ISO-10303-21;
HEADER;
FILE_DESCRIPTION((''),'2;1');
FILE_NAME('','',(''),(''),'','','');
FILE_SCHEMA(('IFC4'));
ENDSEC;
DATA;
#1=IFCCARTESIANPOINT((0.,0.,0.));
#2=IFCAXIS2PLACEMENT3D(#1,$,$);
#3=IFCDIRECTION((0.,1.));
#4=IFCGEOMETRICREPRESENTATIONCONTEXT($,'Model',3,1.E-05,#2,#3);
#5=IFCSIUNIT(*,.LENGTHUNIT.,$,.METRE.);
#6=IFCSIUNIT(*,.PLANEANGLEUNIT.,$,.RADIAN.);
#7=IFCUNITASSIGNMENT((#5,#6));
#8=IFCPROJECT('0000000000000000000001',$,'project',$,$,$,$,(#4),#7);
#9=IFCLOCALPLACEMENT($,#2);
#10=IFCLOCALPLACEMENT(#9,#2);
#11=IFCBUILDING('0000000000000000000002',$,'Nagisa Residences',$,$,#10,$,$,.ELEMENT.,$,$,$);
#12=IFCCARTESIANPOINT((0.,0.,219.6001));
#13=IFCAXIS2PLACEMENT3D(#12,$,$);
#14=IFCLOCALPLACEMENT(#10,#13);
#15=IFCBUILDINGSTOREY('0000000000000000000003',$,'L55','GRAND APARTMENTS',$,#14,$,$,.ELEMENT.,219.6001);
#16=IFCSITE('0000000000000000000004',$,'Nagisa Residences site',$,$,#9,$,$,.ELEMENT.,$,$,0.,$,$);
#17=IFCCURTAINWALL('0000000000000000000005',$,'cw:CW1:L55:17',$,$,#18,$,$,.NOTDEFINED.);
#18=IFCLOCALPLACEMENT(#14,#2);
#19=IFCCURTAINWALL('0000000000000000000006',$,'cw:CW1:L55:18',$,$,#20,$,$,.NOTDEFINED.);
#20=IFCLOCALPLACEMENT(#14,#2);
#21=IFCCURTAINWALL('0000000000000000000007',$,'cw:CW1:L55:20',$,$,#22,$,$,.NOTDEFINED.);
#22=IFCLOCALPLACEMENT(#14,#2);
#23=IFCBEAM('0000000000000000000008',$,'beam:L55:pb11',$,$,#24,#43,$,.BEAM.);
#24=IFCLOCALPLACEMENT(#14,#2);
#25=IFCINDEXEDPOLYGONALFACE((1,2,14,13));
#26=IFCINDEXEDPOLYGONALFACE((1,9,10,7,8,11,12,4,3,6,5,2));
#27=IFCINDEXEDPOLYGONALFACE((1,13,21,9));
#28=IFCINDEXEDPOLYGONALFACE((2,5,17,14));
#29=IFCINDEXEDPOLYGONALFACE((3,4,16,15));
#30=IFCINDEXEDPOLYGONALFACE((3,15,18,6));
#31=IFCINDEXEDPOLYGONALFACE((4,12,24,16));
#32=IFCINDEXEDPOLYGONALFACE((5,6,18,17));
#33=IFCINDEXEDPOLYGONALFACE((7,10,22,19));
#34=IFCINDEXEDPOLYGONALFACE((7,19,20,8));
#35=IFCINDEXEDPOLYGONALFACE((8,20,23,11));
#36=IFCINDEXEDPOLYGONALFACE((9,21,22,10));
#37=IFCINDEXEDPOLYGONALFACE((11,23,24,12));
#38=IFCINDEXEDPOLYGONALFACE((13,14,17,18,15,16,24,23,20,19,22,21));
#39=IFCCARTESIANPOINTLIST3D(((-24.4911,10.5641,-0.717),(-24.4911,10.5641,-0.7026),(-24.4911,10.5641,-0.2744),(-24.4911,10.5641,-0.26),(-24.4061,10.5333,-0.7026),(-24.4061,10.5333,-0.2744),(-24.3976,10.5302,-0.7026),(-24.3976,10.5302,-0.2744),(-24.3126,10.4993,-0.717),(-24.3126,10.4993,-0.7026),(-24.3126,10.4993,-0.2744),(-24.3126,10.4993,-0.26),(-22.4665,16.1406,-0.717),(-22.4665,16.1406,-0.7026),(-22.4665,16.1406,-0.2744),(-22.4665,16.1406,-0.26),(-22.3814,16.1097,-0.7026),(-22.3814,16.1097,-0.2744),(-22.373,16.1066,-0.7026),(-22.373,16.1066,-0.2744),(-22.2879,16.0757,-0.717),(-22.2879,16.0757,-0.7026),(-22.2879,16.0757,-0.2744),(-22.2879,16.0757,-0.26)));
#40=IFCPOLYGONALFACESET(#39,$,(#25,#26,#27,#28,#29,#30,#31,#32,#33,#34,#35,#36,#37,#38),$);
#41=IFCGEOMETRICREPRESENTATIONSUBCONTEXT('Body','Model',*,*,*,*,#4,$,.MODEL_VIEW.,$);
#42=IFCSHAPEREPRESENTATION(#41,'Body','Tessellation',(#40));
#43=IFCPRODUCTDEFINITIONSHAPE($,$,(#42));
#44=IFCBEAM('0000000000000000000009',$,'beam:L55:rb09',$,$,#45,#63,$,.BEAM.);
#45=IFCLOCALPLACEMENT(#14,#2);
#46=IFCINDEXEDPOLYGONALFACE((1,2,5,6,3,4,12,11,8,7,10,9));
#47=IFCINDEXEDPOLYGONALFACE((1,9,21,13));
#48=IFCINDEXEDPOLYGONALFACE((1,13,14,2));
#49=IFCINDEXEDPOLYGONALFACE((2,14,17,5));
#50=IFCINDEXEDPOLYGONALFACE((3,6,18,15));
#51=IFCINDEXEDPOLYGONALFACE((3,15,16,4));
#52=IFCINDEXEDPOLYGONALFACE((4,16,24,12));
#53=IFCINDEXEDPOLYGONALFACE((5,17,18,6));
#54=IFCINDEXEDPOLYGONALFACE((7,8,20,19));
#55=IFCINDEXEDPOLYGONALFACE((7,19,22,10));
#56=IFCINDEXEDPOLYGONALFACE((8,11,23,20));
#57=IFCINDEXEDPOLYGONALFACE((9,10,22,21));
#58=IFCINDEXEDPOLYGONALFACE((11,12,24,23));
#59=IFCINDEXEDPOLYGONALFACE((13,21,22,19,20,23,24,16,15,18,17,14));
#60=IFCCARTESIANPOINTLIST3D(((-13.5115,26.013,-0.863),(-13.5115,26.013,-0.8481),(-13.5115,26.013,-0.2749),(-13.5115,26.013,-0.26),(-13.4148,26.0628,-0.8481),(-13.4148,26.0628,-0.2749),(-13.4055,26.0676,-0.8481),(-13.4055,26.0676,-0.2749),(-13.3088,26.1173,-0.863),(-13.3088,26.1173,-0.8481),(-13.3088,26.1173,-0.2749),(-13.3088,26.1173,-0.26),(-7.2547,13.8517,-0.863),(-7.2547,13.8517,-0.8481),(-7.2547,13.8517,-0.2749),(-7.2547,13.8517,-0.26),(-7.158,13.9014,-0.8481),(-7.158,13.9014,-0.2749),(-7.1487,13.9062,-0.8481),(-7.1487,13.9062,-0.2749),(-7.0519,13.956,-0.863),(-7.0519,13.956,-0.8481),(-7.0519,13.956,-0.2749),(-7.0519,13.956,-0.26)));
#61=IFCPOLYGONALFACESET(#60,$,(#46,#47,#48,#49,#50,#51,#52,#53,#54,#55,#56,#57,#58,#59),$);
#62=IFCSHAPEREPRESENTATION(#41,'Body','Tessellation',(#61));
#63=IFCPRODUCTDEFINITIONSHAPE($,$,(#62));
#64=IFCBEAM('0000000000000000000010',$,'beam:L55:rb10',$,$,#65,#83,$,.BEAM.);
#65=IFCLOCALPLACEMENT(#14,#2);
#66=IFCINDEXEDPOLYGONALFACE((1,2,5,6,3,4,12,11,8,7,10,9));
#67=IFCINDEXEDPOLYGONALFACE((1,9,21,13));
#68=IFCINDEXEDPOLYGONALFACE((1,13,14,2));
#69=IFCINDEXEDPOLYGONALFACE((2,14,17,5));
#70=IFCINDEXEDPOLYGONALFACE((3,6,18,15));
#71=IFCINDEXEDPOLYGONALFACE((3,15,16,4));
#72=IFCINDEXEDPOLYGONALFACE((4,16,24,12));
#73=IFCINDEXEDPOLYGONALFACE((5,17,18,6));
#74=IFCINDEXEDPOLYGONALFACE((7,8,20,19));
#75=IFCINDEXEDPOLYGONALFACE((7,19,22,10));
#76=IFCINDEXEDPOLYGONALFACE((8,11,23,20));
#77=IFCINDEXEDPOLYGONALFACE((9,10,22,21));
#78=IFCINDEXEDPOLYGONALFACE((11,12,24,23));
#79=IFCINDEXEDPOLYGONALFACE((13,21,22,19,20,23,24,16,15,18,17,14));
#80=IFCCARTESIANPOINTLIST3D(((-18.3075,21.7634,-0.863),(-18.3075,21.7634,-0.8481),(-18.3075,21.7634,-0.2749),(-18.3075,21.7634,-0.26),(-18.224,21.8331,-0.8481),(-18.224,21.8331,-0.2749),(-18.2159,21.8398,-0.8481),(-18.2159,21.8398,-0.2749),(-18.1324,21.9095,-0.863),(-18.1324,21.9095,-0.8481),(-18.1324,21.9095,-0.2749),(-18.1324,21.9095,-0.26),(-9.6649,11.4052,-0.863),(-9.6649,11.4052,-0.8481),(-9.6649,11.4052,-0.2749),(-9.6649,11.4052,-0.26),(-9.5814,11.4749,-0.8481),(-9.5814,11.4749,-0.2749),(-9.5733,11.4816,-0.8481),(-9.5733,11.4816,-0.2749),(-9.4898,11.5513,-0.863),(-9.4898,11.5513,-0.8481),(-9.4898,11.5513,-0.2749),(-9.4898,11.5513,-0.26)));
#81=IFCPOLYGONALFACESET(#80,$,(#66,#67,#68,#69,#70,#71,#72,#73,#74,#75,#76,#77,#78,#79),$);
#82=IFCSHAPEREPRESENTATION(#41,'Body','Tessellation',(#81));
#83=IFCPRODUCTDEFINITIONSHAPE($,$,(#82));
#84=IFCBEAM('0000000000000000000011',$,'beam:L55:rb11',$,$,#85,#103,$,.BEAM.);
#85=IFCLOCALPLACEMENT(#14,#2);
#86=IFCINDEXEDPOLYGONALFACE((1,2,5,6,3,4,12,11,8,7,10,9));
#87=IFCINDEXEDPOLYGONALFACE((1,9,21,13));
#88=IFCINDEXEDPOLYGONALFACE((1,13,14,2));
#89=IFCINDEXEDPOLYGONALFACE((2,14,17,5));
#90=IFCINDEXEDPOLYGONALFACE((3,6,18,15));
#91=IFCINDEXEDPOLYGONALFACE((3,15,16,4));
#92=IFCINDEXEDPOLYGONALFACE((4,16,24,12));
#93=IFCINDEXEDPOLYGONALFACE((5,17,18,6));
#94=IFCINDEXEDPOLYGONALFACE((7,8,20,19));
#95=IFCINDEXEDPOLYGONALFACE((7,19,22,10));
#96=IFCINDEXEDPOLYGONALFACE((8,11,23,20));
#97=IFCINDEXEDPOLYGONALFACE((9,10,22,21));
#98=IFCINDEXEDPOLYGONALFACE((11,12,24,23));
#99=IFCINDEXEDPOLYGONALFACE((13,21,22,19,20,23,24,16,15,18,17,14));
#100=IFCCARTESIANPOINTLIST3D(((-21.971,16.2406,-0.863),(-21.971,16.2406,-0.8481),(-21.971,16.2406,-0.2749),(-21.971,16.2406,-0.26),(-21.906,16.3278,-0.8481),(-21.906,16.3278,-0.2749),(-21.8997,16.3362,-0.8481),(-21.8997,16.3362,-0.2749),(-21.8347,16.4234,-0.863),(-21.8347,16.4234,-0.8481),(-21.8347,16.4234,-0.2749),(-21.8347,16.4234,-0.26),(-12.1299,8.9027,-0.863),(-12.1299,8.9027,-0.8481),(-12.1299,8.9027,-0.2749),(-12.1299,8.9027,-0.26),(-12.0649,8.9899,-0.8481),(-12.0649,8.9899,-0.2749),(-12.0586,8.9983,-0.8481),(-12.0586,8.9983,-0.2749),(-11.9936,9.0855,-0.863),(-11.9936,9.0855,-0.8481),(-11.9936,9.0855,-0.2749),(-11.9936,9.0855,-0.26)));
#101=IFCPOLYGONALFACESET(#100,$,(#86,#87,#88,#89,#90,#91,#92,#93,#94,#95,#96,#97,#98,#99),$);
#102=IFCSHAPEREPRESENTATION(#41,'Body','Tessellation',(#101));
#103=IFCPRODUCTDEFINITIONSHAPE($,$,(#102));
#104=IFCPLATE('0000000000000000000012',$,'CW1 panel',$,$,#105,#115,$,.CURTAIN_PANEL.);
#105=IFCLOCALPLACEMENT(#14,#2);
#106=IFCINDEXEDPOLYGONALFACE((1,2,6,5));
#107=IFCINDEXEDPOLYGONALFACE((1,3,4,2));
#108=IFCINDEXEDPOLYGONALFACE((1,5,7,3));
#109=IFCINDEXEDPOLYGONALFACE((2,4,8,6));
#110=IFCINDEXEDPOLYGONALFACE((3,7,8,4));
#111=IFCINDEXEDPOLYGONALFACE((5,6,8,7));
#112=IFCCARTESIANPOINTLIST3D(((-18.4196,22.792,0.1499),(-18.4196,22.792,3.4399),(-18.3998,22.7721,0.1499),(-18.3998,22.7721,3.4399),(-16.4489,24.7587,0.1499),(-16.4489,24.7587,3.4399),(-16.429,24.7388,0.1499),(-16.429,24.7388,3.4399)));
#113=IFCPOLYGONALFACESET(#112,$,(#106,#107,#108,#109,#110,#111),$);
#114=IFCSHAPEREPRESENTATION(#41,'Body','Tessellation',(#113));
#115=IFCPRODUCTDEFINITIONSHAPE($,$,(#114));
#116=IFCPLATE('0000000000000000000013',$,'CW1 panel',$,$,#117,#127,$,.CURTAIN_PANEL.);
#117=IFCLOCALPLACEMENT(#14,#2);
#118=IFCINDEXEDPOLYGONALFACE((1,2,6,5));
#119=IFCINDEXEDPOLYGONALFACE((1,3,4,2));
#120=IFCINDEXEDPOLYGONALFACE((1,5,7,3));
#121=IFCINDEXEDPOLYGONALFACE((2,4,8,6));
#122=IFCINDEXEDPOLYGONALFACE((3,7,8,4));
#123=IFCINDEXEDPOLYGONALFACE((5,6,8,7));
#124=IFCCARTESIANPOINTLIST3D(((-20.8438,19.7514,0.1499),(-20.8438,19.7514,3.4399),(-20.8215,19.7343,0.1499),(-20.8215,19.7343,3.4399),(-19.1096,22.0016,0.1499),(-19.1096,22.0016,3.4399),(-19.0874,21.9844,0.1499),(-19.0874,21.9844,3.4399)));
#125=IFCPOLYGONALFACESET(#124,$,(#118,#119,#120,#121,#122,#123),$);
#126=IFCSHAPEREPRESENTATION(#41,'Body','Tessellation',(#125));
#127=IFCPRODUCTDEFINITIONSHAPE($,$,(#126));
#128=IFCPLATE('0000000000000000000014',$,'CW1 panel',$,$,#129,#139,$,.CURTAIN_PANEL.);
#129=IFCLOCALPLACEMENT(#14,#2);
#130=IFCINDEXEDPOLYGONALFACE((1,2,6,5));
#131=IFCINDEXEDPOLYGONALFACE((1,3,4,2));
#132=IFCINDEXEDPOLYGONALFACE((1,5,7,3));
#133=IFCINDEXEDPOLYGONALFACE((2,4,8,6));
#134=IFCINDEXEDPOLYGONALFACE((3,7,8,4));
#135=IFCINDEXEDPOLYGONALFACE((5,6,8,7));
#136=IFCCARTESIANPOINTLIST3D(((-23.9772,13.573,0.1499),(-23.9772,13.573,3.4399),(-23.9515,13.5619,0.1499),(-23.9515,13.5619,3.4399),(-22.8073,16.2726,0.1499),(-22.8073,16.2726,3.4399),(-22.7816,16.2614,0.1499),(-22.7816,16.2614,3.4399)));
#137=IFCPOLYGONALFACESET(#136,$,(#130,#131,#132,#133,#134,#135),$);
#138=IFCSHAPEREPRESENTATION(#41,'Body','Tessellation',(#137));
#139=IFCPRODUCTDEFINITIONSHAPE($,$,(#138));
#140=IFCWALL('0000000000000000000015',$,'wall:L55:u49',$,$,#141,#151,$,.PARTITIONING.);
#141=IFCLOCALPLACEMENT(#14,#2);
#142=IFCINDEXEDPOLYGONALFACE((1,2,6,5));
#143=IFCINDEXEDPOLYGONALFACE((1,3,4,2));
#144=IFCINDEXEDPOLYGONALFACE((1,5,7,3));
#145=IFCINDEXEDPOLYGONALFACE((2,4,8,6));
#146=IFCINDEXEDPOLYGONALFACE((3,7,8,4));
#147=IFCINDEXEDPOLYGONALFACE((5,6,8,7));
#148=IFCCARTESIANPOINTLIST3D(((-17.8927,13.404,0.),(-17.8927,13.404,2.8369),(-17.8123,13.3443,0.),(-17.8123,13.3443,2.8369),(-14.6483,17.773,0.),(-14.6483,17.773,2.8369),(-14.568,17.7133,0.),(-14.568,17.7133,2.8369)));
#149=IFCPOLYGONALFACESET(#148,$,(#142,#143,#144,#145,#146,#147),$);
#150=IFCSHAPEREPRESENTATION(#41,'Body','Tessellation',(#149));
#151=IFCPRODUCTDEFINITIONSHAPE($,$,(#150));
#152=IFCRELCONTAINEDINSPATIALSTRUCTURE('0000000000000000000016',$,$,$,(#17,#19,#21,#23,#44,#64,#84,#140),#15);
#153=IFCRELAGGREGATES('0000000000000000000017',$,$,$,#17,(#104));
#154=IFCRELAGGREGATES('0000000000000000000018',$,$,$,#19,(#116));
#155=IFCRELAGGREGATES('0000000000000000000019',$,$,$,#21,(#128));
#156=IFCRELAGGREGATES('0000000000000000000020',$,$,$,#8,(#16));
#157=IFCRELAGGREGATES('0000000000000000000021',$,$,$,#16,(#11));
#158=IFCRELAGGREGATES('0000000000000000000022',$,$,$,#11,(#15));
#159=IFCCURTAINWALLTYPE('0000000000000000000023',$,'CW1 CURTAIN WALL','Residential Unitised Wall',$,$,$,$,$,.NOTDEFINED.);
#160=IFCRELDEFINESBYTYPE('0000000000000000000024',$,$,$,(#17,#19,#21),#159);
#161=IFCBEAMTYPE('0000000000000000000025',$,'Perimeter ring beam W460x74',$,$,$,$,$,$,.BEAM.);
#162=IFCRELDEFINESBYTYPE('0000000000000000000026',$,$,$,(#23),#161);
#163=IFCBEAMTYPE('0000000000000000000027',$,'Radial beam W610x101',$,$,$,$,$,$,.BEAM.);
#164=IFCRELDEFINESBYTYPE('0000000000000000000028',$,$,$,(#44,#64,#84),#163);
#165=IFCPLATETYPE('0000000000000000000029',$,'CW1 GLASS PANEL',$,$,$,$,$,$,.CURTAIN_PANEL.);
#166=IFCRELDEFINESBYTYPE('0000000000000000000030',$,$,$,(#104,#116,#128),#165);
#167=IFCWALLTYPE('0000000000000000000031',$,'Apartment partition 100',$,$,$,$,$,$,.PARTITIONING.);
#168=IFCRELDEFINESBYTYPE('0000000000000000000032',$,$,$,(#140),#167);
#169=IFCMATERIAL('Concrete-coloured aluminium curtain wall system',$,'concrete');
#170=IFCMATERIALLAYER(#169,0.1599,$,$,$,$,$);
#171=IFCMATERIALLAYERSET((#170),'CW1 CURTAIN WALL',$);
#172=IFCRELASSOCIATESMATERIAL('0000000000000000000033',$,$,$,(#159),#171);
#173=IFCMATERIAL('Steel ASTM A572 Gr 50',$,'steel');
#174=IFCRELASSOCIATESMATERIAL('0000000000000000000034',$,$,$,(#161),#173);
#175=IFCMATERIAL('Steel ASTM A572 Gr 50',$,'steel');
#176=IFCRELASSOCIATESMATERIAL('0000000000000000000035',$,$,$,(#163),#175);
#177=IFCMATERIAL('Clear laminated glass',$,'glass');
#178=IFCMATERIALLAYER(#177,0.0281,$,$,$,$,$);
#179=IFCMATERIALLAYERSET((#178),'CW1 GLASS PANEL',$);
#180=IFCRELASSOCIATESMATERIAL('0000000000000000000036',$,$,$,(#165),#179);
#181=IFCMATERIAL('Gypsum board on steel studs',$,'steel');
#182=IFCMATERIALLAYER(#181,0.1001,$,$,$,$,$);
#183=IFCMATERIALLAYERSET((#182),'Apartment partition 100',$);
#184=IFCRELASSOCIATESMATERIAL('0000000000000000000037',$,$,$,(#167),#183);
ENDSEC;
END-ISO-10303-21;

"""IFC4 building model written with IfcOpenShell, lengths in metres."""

from ifc_helpers import new_model, si_unit, direction, frame, frame_2d, origin, origin_2d, place, context, subcontext, project, spatial, rectangle, i_section, extrude, material, layer, layer_set, material_profile, profile_set, type_object, element, aggregate, save


model = new_model("IFC4")

# Units and contexts
model_context = context("Model", 3, precision=1e-05, world=origin(), true_north=direction((0.0, 1.0)))
body_context = subcontext(model_context, "Body", "Model", "MODEL_VIEW")
ifc_project = project(units=[si_unit("LENGTHUNIT", "METRE"), si_unit("PLANEANGLEUNIT", "RADIAN")], contexts=[model_context])

# Site, building, storey
site_placement = place(None, origin())
site = spatial("IfcSite", under=ifc_project, at=site_placement, Name="Nagisa Residences site", CompositionType="ELEMENT", RefElevation=0.0)
building_placement = place(site_placement, origin())
building = spatial("IfcBuilding", under=site, at=building_placement, Name="Nagisa Residences", CompositionType="ELEMENT")
storey_placement = place(building_placement, frame((0.0, 0.0, 219.6001)))
storey = spatial("IfcBuildingStorey", under=building, at=storey_placement, Name="L55", Description="GRAND APARTMENTS", CompositionType="ELEMENT", Elevation=219.6001)

# Curtain walls
ifc_material_1 = material(Name="Concrete-coloured aluminium curtain wall system", Category="concrete")
ifc_layer_1 = layer(ifc_material_1, 0.1599)
ifc_layer_set_1 = layer_set([ifc_layer_1], Name="CW1 CURTAIN WALL")
curtain_wall_type = type_object("IfcCurtainWallType", Name="CW1 CURTAIN WALL", Description="Residential Unitised Wall", PredefinedType="NOTDEFINED", material=ifc_layer_set_1)
curtain_wall_1_placement = place(storey_placement, origin())
curtain_wall_1 = element("IfcCurtainWall", 1, at=curtain_wall_1_placement, inside=storey, type_object=curtain_wall_type, Name="cw:CW1:L55:17", PredefinedType="NOTDEFINED")
curtain_wall_2_placement = place(storey_placement, origin())
curtain_wall_2 = element("IfcCurtainWall", 2, at=curtain_wall_2_placement, inside=storey, type_object=curtain_wall_type, Name="cw:CW1:L55:18", PredefinedType="NOTDEFINED")
curtain_wall_3_placement = place(storey_placement, origin())
curtain_wall_3 = element("IfcCurtainWall", 3, at=curtain_wall_3_placement, inside=storey, type_object=curtain_wall_type, Name="cw:CW1:L55:20", PredefinedType="NOTDEFINED")

# Beams
ifc_material_2 = material(Name="Steel ASTM A572 Gr 50", Category="steel")
ifc_material_profile_1 = material_profile(ifc_material_2, i_section(OverallWidth=0.1899, OverallDepth=0.457, WebThickness=0.009, FlangeThickness=0.0144, at=origin_2d()), Name="W460x74")
ifc_profile_set_1 = profile_set([ifc_material_profile_1], Name="Steel ASTM A572 Gr 50")
beam_type_1 = type_object("IfcBeamType", Name="Perimeter ring beam W460x74", PredefinedType="BEAM", material=ifc_profile_set_1)
beam_1_placement = place(storey_placement, frame((-22.3772, 16.1082, -0.4885), z_axis=(-0.341277, -0.939963, 0.0), x_axis=(0.939963, -0.341277, 0.0)))
element("IfcBeam", 4, at=beam_1_placement, inside=storey, type_object=beam_type_1, Name="beam:L55:pb11", PredefinedType="BEAM", context=body_context, shape_type="SweptSolid", body=[
    extrude(i_section(OverallWidth=0.1899, OverallDepth=0.457, WebThickness=0.009, FlangeThickness=0.0144, at=origin_2d()), origin(), (0.0, 0.0, 1.0), 5.9326),
])
ifc_material_3 = material(Name="Steel ASTM A572 Gr 50", Category="steel")
ifc_material_profile_2 = material_profile(ifc_material_3, i_section(OverallWidth=0.228, OverallDepth=0.603, WebThickness=0.0105, FlangeThickness=0.0149, at=origin_2d()), Name="W610x101")
ifc_profile_set_2 = profile_set([ifc_material_profile_2], Name="Steel ASTM A572 Gr 50")
beam_type_2 = type_object("IfcBeamType", Name="Radial beam W610x101", PredefinedType="BEAM", material=ifc_profile_set_2)
beam_2_placement = place(storey_placement, frame((-13.4102, 26.0652, -0.5615), z_axis=(0.457488, -0.889216, 0.0), x_axis=(0.889216, 0.457488, 0.0)))
element("IfcBeam", 5, at=beam_2_placement, inside=storey, type_object=beam_type_2, Name="beam:L55:rb09", PredefinedType="BEAM", context=body_context, shape_type="SweptSolid", body=[
    extrude(i_section(OverallWidth=0.228, OverallDepth=0.603, WebThickness=0.0105, FlangeThickness=0.0149, at=origin_2d()), origin(), (0.0, 0.0, 1.0), 13.6765),
])
beam_3_placement = place(storey_placement, frame((-18.22, 21.8364, -0.5615), z_axis=(0.640656, -0.767828, 0.0), x_axis=(0.767828, 0.640656, 0.0)))
element("IfcBeam", 6, at=beam_3_placement, inside=storey, type_object=beam_type_2, Name="beam:L55:rb10", PredefinedType="BEAM", context=body_context, shape_type="SweptSolid", body=[
    extrude(i_section(OverallWidth=0.228, OverallDepth=0.603, WebThickness=0.0105, FlangeThickness=0.0149, at=origin_2d()), origin(), (0.0, 0.0, 1.0), 13.4902),
])
beam_4_placement = place(storey_placement, frame((-21.9028, 16.332, -0.5615), z_axis=(0.801675, -0.597761, 0.0), x_axis=(0.597761, 0.801675, 0.0)))
element("IfcBeam", 7, at=beam_4_placement, inside=storey, type_object=beam_type_2, Name="beam:L55:rb11", PredefinedType="BEAM", context=body_context, shape_type="SweptSolid", body=[
    extrude(i_section(OverallWidth=0.228, OverallDepth=0.603, WebThickness=0.0105, FlangeThickness=0.0149, at=origin_2d()), origin(), (0.0, 0.0, 1.0), 12.2756),
])

# Plates
ifc_material_4 = material(Name="Clear laminated glass", Category="glass")
ifc_layer_2 = layer(ifc_material_4, 0.0281)
ifc_layer_set_2 = layer_set([ifc_layer_2], Name="CW1 GLASS PANEL")
plate_type = type_object("IfcPlateType", Name="CW1 GLASS PANEL", PredefinedType="CURTAIN_PANEL", material=ifc_layer_set_2)
plate_1_placement = place(storey_placement, frame((-17.4243, 23.7654, 0.1499), z_axis=(0.0, 0.0, 1.0), x_axis=(-0.707836, -0.706377, 0.0)))
plate_1 = element("IfcPlate", 8, at=plate_1_placement, type_object=plate_type, Name="CW1 panel", PredefinedType="CURTAIN_PANEL", context=body_context, shape_type="SweptSolid", body=[
    extrude(rectangle(XDim=2.7842, YDim=0.0281, at=origin_2d()), origin(), (0.0, 0.0, 1.0), 3.29),
])
aggregate(curtain_wall_1, [plate_1])
plate_2_placement = place(storey_placement, frame((-19.9656, 20.8679, 0.1499), z_axis=(0.0, 0.0, 1.0), x_axis=(-0.61043, -0.79207, 0.0)))
plate_2 = element("IfcPlate", 9, at=plate_2_placement, type_object=plate_type, Name="CW1 panel", PredefinedType="CURTAIN_PANEL", context=body_context, shape_type="SweptSolid", body=[
    extrude(rectangle(XDim=2.8408, YDim=0.0281, at=origin_2d()), origin(), (0.0, 0.0, 1.0), 3.29),
])
aggregate(curtain_wall_2, [plate_2])
plate_3_placement = place(storey_placement, frame((-23.3794, 14.9172, 0.1499), z_axis=(0.0, 0.0, 1.0), x_axis=(-0.397636, -0.917543, 0.0)))
plate_3 = element("IfcPlate", 10, at=plate_3_placement, type_object=plate_type, Name="CW1 panel", PredefinedType="CURTAIN_PANEL", context=body_context, shape_type="SweptSolid", body=[
    extrude(rectangle(XDim=2.9421, YDim=0.0281, at=origin_2d()), origin(), (0.0, 0.0, 1.0), 3.29),
])
aggregate(curtain_wall_3, [plate_3])

# Wall
ifc_material_5 = material(Name="Gypsum board on steel studs", Category="steel")
ifc_layer_3 = layer(ifc_material_5, 0.1001)
ifc_layer_set_3 = layer_set([ifc_layer_3], Name="Apartment partition 100")
wall_type_1 = type_object("IfcWallType", Name="Apartment partition 100", PredefinedType="PARTITIONING", material=ifc_layer_set_3)
wall_1_placement = place(storey_placement, frame((-14.6082, 17.7432, 0.0), z_axis=(0.0, 0.0, 1.0), x_axis=(-0.596174, -0.802855, 0.0)))
element("IfcWall", 11, at=wall_1_placement, inside=storey, type_object=wall_type_1, Name="wall:L55:u49", PredefinedType="PARTITIONING", context=body_context, shape_type="SweptSolid", body=[
    extrude(rectangle(XDim=5.4419, YDim=0.1001, at=frame_2d((2.7209, 0.0))), origin(), (0.0, 0.0, 1.0), 2.8369),
])

save(model, "model.ifc")
